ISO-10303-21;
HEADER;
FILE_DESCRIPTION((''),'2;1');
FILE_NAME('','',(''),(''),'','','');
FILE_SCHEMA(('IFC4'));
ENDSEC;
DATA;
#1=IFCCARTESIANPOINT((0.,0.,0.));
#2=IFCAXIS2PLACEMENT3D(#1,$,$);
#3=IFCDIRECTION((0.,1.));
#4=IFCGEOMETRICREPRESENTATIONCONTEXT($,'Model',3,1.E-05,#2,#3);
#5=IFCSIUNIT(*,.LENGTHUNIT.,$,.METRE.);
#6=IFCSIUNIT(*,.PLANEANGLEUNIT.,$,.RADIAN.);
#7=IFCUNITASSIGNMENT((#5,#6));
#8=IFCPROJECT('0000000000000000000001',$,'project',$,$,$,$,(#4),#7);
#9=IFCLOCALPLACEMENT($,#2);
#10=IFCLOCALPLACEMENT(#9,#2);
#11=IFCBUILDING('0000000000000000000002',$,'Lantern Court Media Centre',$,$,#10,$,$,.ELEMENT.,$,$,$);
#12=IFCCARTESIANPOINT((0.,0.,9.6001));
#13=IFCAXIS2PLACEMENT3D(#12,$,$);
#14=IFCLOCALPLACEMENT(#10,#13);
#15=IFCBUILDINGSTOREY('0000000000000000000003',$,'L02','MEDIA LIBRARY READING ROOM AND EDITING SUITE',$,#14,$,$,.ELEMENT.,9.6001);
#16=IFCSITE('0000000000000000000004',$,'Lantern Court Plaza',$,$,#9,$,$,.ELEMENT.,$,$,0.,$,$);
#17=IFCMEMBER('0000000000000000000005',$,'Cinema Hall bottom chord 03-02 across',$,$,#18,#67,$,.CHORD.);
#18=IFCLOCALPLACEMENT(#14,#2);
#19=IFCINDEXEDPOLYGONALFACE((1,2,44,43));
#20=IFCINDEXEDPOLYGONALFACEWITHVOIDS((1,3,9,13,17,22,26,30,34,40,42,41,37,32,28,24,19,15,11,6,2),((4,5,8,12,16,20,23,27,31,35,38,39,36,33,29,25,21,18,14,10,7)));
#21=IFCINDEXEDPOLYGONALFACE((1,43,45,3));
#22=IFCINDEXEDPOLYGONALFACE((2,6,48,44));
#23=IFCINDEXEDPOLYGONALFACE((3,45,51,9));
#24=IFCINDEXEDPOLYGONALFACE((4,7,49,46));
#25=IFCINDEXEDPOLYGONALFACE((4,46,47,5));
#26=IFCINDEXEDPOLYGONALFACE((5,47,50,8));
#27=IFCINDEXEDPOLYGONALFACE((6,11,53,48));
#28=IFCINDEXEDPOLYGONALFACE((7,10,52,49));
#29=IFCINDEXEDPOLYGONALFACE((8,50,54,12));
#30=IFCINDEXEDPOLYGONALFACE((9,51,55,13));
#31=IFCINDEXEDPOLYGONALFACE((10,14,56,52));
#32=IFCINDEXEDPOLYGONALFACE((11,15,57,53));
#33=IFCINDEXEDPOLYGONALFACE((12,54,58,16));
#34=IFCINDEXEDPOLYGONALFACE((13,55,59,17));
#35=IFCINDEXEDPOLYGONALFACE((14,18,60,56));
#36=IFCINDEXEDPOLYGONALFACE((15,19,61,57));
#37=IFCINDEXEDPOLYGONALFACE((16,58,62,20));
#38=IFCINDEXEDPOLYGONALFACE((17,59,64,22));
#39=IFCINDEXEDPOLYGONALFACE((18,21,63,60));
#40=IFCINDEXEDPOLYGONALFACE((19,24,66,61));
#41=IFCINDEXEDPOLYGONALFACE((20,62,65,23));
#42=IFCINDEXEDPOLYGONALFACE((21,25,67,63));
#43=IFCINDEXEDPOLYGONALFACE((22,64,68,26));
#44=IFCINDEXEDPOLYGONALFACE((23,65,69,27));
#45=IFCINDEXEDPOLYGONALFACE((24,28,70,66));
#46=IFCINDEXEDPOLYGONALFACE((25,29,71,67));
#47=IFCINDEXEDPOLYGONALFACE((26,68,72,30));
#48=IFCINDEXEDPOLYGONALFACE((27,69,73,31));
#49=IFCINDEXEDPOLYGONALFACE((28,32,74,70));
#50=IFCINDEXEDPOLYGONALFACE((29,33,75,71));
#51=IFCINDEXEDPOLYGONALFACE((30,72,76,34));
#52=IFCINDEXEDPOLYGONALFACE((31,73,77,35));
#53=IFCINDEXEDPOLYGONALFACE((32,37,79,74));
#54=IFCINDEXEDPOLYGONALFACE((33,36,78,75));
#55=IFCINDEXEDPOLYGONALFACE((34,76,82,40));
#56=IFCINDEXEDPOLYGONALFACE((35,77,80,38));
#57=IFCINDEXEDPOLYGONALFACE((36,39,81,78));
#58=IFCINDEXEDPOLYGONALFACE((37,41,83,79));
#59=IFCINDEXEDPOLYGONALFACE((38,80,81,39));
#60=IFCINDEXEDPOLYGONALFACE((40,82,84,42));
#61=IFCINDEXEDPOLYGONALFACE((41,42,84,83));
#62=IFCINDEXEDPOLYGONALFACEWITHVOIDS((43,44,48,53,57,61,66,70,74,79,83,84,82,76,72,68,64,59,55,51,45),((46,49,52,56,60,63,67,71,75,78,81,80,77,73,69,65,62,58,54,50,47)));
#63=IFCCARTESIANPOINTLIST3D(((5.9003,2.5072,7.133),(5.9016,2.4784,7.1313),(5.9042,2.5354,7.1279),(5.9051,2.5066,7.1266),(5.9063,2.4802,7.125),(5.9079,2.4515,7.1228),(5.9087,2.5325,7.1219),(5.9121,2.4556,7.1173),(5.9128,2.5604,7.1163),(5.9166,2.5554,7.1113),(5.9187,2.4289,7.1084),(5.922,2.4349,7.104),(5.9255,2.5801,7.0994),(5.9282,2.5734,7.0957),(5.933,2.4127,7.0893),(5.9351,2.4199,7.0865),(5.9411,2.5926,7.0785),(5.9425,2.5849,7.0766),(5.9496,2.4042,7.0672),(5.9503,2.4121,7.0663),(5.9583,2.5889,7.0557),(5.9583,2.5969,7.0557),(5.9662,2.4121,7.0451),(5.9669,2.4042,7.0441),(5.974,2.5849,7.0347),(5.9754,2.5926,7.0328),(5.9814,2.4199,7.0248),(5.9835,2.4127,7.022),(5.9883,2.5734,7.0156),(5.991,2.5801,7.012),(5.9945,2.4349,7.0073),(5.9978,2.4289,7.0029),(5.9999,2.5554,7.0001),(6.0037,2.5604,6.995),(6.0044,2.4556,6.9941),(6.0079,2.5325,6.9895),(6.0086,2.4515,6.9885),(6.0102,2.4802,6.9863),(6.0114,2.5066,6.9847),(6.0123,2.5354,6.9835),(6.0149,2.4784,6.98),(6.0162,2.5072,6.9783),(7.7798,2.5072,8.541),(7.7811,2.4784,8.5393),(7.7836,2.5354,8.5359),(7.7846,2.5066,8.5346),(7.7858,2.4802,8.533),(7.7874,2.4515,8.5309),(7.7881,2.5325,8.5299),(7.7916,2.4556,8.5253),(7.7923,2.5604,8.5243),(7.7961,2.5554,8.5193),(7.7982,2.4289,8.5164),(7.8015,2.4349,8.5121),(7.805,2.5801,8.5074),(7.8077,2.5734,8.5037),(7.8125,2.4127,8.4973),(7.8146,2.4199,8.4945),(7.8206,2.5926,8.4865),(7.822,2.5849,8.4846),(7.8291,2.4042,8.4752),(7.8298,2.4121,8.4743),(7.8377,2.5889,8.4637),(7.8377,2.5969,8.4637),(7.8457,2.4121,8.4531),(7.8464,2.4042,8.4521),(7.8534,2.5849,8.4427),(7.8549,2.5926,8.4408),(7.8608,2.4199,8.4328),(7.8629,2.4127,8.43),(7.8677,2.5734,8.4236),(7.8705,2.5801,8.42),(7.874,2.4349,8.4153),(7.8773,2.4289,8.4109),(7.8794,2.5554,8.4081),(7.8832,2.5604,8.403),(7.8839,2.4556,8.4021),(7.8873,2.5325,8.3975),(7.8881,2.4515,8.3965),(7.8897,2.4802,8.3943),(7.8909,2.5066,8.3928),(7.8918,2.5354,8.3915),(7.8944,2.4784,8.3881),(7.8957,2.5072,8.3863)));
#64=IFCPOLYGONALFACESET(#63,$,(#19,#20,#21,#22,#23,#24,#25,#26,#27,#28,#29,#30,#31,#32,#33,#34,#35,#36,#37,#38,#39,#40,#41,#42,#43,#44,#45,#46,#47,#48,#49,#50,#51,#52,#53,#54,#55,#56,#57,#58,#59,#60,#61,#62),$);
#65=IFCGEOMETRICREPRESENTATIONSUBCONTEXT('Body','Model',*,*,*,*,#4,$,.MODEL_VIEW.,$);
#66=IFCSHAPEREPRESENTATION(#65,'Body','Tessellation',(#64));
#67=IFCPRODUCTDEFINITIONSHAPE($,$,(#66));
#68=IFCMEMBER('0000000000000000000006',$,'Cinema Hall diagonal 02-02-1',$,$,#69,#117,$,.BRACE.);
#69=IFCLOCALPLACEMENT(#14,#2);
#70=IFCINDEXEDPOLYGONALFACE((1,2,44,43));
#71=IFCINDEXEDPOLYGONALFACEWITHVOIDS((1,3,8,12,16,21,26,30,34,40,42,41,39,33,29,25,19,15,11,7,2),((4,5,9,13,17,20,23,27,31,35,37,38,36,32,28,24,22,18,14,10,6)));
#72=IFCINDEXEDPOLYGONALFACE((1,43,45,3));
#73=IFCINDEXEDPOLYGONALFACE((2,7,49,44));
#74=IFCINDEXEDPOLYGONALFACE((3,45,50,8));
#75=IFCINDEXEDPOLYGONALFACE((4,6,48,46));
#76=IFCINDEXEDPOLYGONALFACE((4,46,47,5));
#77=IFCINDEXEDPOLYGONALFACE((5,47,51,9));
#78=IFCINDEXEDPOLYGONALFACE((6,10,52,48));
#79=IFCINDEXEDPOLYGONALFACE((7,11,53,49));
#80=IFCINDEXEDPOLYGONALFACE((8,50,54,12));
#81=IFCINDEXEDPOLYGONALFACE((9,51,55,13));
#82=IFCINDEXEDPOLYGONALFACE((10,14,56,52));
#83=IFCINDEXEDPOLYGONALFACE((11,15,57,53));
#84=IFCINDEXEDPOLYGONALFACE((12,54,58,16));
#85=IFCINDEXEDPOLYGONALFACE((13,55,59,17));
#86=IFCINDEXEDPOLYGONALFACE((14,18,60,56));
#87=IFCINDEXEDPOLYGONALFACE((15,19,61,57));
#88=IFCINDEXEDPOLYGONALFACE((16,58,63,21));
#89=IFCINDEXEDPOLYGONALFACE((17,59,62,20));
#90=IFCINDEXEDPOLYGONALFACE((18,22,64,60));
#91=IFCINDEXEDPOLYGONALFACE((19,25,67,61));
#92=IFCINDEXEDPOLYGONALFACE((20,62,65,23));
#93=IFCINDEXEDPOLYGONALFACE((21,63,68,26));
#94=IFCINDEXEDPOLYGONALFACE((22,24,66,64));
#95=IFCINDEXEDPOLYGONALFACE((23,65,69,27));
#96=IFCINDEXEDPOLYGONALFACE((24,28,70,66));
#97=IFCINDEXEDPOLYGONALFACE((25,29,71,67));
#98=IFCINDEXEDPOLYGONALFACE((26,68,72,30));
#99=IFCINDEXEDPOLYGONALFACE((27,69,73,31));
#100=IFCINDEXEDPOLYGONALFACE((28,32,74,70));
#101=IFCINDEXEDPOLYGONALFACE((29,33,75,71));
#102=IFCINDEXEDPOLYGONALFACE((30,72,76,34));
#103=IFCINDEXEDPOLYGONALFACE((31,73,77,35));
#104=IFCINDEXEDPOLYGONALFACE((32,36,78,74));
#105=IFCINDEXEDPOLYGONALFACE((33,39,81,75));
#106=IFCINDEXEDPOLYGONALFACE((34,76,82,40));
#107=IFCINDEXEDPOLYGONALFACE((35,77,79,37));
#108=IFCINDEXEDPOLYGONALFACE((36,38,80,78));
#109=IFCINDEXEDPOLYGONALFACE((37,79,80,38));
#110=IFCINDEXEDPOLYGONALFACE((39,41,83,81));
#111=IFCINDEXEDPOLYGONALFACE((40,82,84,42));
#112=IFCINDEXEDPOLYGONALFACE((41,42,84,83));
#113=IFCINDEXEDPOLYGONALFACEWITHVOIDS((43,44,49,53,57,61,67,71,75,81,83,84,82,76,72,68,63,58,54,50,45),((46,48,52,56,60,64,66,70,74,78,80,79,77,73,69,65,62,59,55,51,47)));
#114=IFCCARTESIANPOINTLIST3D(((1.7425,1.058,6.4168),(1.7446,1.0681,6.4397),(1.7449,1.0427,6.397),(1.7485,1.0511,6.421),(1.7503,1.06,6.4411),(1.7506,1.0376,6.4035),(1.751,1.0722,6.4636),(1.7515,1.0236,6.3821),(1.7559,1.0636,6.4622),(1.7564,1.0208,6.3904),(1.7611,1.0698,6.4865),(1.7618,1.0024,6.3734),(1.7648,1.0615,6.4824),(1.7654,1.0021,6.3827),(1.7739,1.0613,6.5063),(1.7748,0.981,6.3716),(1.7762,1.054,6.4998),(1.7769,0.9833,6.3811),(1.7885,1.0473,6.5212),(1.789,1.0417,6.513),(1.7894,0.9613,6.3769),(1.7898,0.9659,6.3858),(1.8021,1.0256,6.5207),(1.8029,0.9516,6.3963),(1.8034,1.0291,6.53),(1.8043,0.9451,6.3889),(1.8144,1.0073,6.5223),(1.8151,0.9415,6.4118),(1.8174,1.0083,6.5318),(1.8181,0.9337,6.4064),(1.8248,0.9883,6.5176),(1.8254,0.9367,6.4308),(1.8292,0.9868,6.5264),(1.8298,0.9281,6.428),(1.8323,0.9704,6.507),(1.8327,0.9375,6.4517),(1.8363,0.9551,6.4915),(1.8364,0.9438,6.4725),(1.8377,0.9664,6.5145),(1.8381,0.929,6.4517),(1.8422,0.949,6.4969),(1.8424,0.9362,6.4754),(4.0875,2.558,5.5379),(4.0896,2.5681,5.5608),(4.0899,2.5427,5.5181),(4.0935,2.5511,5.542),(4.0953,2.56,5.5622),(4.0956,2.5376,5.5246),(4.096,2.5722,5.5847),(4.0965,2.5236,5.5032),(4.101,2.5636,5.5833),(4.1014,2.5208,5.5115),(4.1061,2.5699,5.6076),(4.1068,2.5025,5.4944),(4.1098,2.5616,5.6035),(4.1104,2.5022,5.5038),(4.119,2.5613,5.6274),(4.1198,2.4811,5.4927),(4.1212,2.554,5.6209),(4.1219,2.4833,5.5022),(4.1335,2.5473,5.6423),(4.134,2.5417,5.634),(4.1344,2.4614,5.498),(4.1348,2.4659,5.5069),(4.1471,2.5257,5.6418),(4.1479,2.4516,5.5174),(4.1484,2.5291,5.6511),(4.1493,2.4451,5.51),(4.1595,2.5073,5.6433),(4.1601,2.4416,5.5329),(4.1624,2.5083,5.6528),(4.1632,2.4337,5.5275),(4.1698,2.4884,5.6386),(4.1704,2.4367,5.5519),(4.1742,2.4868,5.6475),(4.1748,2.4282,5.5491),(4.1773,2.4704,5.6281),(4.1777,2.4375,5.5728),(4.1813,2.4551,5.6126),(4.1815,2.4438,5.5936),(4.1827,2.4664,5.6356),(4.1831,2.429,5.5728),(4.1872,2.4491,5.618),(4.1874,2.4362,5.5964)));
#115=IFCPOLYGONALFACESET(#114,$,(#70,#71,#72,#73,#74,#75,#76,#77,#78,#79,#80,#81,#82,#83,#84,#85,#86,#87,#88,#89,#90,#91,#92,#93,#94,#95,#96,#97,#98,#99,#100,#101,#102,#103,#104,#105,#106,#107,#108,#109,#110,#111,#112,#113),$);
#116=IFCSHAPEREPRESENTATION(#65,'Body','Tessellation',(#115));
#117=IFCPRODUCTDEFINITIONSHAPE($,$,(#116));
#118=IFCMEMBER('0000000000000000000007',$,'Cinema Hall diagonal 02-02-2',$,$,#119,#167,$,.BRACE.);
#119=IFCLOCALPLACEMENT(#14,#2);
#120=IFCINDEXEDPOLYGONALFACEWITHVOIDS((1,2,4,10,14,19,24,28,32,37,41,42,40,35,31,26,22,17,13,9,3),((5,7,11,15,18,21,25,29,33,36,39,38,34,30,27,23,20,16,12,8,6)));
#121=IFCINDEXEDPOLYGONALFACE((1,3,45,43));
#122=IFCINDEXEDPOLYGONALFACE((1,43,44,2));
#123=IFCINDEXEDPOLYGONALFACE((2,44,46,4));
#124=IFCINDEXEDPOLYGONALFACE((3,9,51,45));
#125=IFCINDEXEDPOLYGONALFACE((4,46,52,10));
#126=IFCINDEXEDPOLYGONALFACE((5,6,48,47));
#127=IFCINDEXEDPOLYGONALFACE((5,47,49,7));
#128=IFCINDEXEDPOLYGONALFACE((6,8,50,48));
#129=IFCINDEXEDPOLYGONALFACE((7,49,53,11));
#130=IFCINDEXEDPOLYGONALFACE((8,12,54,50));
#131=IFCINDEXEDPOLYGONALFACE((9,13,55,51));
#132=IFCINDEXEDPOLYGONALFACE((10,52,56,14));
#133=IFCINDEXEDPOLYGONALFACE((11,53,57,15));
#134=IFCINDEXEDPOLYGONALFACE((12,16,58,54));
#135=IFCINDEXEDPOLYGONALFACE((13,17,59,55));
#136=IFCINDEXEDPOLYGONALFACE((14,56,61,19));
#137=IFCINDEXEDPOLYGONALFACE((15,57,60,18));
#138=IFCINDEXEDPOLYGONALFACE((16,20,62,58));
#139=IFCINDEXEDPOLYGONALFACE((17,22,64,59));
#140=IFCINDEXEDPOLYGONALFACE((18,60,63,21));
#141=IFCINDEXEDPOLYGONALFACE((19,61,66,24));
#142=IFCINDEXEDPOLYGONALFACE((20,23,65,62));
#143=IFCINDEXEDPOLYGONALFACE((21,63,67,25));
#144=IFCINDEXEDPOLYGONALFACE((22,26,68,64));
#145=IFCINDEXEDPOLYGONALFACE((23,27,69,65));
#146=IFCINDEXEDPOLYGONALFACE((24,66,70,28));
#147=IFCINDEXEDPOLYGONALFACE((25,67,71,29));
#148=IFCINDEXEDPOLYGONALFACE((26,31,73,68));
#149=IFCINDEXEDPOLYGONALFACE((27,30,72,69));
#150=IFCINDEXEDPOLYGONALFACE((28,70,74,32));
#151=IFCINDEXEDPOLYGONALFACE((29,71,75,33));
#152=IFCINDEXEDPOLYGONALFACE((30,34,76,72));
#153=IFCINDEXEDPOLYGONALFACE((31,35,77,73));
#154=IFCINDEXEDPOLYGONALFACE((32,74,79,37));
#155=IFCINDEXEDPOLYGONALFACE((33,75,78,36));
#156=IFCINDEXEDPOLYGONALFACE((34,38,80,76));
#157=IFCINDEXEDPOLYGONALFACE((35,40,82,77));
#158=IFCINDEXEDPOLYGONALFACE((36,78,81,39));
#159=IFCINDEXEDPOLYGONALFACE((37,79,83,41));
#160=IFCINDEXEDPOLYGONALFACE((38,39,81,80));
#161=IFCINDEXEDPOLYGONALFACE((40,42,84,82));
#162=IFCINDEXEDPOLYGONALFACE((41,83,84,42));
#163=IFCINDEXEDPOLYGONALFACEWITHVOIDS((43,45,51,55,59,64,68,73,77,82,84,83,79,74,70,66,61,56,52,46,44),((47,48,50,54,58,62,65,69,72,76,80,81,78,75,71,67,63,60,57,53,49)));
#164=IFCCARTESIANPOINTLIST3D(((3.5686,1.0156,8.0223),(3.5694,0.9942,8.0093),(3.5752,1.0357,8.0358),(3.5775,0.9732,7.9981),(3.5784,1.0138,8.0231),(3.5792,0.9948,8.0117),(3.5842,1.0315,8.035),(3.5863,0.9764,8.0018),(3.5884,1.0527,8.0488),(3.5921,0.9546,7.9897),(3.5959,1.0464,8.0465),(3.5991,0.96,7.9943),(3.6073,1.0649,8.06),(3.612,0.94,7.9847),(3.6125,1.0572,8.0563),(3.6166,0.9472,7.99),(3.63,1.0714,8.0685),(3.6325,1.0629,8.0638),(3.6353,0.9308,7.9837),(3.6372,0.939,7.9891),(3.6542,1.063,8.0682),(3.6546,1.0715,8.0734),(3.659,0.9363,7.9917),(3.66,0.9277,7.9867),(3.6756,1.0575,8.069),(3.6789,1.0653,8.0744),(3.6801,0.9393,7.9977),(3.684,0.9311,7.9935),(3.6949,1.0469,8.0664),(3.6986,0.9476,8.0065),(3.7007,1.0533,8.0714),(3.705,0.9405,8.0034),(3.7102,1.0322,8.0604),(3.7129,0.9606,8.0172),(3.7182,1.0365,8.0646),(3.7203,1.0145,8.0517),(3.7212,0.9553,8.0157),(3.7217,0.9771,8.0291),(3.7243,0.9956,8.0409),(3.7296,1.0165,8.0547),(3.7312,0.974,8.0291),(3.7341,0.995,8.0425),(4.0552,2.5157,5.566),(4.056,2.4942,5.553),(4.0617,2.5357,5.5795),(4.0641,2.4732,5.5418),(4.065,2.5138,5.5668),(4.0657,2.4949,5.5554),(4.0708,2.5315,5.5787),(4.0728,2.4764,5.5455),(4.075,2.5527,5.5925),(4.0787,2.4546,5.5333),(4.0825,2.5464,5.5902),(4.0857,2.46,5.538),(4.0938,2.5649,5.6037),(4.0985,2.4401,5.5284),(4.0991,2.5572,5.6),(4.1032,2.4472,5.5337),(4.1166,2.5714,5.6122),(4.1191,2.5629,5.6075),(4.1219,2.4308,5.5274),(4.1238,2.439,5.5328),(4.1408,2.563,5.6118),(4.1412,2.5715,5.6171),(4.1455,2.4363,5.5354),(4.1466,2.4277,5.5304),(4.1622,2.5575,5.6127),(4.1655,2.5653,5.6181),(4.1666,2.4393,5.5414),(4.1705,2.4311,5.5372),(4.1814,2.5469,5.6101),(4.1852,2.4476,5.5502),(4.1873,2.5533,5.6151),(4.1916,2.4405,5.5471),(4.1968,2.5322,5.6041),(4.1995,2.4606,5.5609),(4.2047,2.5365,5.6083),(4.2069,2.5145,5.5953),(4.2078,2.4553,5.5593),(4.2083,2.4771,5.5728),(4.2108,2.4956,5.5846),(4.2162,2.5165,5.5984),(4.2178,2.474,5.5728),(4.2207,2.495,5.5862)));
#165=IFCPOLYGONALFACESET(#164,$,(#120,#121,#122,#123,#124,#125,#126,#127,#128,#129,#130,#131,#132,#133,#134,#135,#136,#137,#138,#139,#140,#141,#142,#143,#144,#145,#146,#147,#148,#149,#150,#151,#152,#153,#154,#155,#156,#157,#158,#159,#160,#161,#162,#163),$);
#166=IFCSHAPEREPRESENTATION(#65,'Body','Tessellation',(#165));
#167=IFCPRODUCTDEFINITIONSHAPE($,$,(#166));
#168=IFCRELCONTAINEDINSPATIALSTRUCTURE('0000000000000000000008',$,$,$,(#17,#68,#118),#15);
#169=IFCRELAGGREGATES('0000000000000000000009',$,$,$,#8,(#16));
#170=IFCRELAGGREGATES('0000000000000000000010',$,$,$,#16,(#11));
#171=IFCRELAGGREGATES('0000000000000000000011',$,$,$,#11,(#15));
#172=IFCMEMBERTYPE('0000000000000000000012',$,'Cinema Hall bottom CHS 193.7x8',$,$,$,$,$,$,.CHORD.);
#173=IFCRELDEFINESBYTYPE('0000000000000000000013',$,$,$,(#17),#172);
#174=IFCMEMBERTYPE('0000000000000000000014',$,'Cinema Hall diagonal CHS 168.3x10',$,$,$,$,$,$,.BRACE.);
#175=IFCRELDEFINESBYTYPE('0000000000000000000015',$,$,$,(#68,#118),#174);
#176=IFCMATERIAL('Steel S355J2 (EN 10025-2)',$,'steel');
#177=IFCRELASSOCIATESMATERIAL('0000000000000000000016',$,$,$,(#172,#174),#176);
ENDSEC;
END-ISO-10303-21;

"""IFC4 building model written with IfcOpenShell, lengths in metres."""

from ifc_helpers import new_model, si_unit, direction, frame, origin, origin_2d, place, context, subcontext, project, spatial, hollow_circle, extrude, material, material_profile, profile_set, type_object, element, save


model = new_model("IFC4")

# Units and contexts
model_context = context("Model", 3, precision=1e-05, world=origin(), true_north=direction((0.0, 1.0)))
body_context = subcontext(model_context, "Body", "Model", "MODEL_VIEW")
ifc_project = project(units=[si_unit("LENGTHUNIT", "METRE"), si_unit("PLANEANGLEUNIT", "RADIAN")], contexts=[model_context])

# Site, building, storey
site_placement = place(None, origin())
site = spatial("IfcSite", under=ifc_project, at=site_placement, Name="Lantern Court Plaza", CompositionType="ELEMENT", RefElevation=0.0)
building_placement = place(site_placement, origin())
building = spatial("IfcBuilding", under=site, at=building_placement, Name="Lantern Court Media Centre", CompositionType="ELEMENT")
storey_placement = place(building_placement, frame((0.0, 0.0, 9.6001)))
storey = spatial("IfcBuildingStorey", under=building, at=storey_placement, Name="L02", Description="MEDIA LIBRARY READING ROOM AND EDITING SUITE", CompositionType="ELEMENT", Elevation=9.6001)

# Members
ifc_material = material(Name="Steel S355J2 (EN 10025-2)", Category="steel")
ifc_material_profile_1 = material_profile(ifc_material, hollow_circle(Radius=0.0969, WallThickness=0.0081, at=origin_2d()), Name="Cinema Hall bottom CHS 193.7x8")
ifc_profile_set_1 = profile_set([ifc_material_profile_1], Name="Steel S355J2 (EN 10025-2)")
member_type_1 = type_object("IfcMemberType", Name="Cinema Hall bottom CHS 193.7x8", PredefinedType="CHORD", material=ifc_profile_set_1)
member_1_placement = place(storey_placement, frame((5.9583, 2.5, 7.0557), z_axis=(0.800324, 0.0, 0.599567), x_axis=(0.0, 1.0, 0.0)))
element("IfcMember", 1, at=member_1_placement, inside=storey, type_object=member_type_1, Name="Cinema Hall bottom chord 03-02 across", PredefinedType="CHORD", context=body_context, shape_type="SweptSolid", body=[
    extrude(hollow_circle(Radius=0.0969, WallThickness=0.0081, at=origin_2d()), origin(), (0.0, 0.0, 1.0), 2.3484),
])
ifc_material_profile_2 = material_profile(ifc_material, hollow_circle(Radius=0.0842, WallThickness=0.01, at=origin_2d()), Name="Cinema Hall diagonal CHS 168.3x10")
ifc_profile_set_2 = profile_set([ifc_material_profile_2], Name="Steel S355J2 (EN 10025-2)")
member_type_2 = type_object("IfcMemberType", Name="Cinema Hall diagonal CHS 168.3x10", PredefinedType="BRACE", material=ifc_profile_set_2)
member_2_placement = place(storey_placement, frame((4.1377, 2.5, 5.5728), z_axis=(-0.803309, -0.51385, 0.301084), x_axis=(0.538855, -0.842399, 0.0)))
element("IfcMember", 2, at=member_2_placement, inside=storey, type_object=member_type_2, Name="Cinema Hall diagonal 02-02-1", PredefinedType="BRACE", context=body_context, shape_type="SweptSolid", body=[
    extrude(hollow_circle(Radius=0.0842, WallThickness=0.01, at=origin_2d()), origin(), (0.0, 0.0, 1.0), 2.9192),
])
for number, where, z_axis, x_axis, name in (
    (3, (4.1377, 2.5, 5.5728), (-0.166695, -0.513887, 0.841506), (0.951207, -0.308554, 0.0), "Cinema Hall diagonal 02-02-2"),
):
    element("IfcMember", number, at=place(storey_placement, frame(where, z_axis=z_axis, x_axis=x_axis)), inside=storey, type_object=member_type_2, Name=name, PredefinedType="BRACE", context=body_context, shape_type="SweptSolid", body=[
        extrude(hollow_circle(Radius=0.0842, WallThickness=0.01, at=origin_2d()), origin(), (0.0, 0.0, 1.0), 2.9189),
    ])

save(model, "model.ifc")
